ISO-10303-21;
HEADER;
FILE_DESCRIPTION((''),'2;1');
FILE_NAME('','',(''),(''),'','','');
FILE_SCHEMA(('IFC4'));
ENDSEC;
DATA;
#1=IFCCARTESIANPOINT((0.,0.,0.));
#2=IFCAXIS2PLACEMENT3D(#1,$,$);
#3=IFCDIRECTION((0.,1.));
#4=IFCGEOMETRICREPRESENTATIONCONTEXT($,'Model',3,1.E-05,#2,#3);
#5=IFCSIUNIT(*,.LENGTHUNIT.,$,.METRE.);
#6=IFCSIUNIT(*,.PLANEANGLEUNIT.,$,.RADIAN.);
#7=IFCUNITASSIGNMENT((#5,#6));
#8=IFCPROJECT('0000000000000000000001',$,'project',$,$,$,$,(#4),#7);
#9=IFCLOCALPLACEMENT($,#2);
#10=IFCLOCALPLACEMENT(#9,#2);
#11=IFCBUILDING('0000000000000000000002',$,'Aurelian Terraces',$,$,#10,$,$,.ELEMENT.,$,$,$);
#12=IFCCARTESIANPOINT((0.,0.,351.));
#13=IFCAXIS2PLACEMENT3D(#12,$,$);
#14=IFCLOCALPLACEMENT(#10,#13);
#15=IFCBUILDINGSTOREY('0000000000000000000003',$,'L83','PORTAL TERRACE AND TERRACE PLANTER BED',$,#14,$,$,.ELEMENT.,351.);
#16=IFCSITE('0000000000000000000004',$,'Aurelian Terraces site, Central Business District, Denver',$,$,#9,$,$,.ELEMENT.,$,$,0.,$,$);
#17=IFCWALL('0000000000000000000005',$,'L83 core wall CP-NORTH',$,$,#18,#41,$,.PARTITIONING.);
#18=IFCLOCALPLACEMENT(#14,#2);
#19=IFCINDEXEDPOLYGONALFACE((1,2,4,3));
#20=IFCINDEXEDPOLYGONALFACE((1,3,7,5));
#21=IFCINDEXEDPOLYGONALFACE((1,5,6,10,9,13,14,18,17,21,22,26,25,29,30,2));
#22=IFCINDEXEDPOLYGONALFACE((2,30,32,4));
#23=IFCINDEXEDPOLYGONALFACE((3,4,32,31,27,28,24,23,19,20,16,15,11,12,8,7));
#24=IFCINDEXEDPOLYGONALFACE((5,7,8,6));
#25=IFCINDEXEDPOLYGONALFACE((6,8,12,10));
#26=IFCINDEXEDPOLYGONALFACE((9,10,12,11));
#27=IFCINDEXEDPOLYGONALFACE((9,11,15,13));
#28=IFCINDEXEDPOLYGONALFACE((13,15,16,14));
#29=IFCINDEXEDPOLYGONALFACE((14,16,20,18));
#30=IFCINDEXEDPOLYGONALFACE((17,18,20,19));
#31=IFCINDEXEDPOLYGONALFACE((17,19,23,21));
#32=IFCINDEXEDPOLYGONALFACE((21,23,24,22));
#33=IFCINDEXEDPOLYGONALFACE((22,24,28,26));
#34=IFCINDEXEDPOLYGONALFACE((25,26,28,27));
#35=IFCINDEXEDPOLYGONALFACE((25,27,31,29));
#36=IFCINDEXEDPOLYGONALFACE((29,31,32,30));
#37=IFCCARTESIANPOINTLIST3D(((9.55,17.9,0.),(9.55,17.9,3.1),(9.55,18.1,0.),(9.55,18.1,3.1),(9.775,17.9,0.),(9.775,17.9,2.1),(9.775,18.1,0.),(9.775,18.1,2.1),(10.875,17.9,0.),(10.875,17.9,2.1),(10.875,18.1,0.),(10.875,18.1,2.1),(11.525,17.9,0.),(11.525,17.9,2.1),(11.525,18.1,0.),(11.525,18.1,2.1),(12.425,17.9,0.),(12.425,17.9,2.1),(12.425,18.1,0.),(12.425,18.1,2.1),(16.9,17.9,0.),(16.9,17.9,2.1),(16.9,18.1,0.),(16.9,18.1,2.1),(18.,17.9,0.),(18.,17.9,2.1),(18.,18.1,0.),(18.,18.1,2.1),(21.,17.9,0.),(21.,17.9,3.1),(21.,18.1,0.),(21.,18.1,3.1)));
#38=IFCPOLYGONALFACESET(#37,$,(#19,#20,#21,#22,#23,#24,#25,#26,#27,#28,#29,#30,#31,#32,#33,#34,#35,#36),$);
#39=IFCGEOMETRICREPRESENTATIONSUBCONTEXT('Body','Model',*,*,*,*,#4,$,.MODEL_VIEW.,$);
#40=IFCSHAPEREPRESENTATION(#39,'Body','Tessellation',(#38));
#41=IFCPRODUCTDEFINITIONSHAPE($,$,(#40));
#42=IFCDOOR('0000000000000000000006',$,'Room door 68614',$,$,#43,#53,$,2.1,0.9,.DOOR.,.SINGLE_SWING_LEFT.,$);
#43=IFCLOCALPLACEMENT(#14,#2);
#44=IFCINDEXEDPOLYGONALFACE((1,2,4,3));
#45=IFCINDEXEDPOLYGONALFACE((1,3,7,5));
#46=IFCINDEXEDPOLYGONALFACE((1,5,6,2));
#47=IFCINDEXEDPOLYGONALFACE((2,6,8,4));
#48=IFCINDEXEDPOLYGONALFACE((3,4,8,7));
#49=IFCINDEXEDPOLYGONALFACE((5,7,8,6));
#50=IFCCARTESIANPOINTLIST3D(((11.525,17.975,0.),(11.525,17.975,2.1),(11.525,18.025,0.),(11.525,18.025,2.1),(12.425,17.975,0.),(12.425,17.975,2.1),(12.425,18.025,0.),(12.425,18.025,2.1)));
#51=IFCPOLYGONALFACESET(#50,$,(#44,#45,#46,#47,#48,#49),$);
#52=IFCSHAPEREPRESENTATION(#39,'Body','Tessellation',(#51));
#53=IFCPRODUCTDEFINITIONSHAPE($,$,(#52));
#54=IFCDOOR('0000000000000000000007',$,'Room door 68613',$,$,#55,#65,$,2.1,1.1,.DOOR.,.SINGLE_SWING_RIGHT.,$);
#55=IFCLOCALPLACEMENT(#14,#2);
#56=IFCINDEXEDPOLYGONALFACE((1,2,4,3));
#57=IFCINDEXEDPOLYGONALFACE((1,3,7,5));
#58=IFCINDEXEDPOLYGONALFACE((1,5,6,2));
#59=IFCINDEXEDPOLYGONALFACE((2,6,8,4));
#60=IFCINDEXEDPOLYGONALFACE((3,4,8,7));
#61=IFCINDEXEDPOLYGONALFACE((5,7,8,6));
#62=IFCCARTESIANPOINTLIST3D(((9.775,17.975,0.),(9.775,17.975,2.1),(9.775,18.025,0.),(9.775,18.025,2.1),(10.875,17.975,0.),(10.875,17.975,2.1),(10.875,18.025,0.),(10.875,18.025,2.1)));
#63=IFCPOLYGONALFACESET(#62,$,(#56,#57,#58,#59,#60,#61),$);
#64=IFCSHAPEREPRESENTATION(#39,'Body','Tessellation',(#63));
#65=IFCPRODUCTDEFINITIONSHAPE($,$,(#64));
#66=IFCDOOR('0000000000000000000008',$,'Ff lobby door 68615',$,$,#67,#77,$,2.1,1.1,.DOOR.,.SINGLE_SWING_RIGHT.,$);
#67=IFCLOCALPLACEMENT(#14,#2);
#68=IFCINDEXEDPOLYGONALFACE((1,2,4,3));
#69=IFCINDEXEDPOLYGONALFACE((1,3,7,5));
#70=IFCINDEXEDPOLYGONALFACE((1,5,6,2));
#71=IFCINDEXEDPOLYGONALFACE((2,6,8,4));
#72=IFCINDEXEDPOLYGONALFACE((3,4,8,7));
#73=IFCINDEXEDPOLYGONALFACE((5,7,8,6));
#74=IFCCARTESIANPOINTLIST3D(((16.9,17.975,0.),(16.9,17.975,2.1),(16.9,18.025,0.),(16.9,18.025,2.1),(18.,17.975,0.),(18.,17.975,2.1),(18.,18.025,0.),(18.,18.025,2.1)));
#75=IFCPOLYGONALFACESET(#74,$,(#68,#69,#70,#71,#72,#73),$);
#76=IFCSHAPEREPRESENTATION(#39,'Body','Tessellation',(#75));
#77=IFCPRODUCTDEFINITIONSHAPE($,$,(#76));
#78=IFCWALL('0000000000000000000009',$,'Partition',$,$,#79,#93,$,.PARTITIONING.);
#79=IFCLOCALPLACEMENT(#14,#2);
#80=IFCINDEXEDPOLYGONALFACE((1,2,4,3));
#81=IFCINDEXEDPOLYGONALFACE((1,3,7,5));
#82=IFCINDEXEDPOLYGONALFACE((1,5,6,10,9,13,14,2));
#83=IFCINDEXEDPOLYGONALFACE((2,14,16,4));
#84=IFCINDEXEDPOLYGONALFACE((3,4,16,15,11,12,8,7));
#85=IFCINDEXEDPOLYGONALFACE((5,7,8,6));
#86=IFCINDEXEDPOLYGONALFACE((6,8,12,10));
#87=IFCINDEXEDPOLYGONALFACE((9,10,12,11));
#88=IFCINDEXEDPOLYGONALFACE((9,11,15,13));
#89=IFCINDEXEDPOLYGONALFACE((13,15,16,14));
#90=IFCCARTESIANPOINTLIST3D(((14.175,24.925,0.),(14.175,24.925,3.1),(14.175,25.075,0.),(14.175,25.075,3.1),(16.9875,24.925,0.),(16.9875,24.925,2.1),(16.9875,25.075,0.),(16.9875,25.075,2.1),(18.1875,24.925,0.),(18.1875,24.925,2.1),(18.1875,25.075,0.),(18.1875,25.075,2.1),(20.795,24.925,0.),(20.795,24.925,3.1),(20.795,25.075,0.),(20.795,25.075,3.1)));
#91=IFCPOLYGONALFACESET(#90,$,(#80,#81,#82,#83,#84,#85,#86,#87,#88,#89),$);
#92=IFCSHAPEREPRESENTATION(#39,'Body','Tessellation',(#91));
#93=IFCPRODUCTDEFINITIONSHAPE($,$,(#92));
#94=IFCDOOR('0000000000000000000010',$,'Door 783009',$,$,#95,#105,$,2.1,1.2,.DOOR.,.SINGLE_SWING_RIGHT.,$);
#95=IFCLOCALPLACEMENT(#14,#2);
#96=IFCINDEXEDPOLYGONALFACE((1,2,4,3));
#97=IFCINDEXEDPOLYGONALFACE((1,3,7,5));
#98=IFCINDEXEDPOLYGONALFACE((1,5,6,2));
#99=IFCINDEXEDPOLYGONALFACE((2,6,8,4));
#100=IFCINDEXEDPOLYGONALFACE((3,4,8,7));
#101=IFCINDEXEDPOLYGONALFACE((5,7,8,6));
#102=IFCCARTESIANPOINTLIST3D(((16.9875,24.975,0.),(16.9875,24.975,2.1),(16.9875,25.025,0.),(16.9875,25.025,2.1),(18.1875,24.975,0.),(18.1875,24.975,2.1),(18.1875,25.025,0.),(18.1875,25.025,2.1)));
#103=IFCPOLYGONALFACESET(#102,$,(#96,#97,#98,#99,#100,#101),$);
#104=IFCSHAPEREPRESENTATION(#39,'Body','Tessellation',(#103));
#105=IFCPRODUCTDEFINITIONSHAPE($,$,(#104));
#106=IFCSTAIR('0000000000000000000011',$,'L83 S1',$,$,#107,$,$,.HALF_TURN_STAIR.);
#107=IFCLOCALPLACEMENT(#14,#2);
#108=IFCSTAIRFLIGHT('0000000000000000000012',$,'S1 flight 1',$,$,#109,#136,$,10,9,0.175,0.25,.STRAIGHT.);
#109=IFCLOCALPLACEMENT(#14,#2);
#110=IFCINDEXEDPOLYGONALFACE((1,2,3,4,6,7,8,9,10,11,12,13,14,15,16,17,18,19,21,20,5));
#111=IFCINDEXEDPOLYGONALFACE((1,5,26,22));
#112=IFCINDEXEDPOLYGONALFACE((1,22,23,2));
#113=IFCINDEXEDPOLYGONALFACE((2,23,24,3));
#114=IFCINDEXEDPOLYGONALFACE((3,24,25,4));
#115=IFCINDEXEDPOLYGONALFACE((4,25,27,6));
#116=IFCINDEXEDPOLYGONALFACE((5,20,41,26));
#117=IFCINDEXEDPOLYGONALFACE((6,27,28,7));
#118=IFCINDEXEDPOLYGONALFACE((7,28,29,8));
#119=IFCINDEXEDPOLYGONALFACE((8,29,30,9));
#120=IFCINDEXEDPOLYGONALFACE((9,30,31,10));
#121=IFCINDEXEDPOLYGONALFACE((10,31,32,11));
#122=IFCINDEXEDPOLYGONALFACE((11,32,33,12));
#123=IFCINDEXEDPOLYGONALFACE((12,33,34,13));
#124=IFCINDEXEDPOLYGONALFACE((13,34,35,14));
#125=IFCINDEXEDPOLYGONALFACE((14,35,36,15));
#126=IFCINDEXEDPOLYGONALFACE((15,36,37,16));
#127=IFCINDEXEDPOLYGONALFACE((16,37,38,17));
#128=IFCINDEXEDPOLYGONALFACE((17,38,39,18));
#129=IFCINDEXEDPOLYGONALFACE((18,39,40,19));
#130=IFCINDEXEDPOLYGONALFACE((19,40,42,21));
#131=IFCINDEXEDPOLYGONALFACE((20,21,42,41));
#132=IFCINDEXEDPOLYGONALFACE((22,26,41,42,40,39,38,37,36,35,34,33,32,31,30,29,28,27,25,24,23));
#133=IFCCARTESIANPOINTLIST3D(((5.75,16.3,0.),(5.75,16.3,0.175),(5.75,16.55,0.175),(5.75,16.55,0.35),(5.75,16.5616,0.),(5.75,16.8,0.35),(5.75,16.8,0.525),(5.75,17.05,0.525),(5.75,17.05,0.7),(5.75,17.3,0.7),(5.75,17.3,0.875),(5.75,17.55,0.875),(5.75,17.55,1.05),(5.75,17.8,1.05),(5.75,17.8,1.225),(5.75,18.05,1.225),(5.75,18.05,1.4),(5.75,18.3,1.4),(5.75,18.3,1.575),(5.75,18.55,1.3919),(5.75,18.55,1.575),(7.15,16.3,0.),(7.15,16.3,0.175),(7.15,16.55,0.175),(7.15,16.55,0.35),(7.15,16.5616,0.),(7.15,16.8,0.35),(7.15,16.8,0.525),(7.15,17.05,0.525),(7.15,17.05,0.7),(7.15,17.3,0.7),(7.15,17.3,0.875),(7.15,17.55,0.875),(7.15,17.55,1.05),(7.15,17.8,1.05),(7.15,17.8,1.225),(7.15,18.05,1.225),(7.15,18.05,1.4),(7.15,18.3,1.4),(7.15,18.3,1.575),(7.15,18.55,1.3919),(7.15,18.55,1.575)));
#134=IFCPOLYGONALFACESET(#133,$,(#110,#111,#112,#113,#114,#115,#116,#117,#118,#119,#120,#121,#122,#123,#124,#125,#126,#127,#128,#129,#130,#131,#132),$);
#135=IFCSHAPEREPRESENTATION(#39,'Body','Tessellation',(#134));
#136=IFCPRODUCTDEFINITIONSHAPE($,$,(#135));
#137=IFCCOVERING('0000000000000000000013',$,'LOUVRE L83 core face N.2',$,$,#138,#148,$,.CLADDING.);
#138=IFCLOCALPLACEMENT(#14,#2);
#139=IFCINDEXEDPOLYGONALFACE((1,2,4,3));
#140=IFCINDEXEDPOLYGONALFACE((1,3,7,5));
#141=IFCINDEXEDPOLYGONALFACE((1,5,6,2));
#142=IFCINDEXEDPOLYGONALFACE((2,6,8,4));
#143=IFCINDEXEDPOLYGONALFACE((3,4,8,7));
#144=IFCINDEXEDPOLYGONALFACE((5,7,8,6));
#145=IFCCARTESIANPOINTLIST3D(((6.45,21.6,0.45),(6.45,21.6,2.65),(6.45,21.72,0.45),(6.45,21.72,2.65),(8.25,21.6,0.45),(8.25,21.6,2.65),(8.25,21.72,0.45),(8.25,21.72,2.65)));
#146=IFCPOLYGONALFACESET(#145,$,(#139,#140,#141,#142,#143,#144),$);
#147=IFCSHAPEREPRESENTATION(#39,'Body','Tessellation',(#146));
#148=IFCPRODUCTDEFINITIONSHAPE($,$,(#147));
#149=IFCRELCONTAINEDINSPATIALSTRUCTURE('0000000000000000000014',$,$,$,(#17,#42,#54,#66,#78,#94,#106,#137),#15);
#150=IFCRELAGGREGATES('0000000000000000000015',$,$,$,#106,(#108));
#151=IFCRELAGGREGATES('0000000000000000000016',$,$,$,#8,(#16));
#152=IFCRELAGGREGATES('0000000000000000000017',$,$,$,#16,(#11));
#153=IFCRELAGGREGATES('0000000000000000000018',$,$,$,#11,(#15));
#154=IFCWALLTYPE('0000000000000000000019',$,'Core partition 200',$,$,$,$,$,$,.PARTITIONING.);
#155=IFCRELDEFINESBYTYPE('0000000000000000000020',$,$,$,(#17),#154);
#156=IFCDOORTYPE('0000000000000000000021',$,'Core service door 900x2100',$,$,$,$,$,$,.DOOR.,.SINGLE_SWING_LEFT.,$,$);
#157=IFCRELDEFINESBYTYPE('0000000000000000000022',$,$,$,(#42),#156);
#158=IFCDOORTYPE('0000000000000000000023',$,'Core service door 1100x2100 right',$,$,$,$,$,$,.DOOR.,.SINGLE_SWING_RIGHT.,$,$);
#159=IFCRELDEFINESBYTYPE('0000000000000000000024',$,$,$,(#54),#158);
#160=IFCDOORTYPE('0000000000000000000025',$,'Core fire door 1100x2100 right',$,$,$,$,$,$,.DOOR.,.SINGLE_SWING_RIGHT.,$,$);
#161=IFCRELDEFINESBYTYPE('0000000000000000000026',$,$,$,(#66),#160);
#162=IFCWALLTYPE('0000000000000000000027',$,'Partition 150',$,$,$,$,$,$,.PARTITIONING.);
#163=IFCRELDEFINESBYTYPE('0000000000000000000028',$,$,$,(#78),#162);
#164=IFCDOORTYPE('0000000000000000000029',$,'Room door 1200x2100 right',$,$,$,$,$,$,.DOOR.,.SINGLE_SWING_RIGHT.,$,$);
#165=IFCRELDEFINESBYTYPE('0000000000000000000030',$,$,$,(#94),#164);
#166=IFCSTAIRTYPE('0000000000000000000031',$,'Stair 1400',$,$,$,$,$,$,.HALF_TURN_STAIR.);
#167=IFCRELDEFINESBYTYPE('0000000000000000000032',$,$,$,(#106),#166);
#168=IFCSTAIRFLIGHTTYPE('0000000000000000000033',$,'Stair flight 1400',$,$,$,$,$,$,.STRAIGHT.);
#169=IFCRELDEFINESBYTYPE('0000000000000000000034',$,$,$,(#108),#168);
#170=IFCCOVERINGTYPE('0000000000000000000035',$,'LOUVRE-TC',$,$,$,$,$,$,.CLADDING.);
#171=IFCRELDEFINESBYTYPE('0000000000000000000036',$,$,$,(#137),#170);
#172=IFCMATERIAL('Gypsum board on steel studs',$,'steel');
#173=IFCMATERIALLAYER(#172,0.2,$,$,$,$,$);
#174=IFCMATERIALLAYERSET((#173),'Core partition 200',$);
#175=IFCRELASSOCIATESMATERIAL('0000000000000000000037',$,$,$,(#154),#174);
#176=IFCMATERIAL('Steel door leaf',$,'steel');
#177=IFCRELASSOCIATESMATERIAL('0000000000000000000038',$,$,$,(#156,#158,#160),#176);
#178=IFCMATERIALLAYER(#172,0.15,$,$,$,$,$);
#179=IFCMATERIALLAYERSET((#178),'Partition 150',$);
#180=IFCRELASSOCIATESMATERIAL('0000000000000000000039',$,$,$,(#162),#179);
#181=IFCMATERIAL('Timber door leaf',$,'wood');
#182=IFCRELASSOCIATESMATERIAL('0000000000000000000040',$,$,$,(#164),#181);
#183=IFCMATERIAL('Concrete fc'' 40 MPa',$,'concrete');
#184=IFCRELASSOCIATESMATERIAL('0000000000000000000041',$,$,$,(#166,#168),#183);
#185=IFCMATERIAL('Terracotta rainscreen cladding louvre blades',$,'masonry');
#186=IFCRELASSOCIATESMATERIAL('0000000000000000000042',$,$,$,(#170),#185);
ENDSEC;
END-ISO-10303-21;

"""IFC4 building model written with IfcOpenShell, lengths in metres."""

from ifc_helpers import new_model, si_unit, direction, frame, frame_2d, origin, origin_2d, place, context, subcontext, project, spatial, polyline, rectangle, outline, extrude, source, transform, mapped, material, layer, layer_set, type_object, element, fill, aggregate, save


model = new_model("IFC4")

# Units and contexts
model_context = context("Model", 3, precision=1e-05, world=origin(), true_north=direction((0.0, 1.0)))
body_context = subcontext(model_context, "Body", "Model", "MODEL_VIEW")
ifc_project = project(units=[si_unit("LENGTHUNIT", "METRE"), si_unit("PLANEANGLEUNIT", "RADIAN")], contexts=[model_context])

# Site, building, storey
site_placement = place(None, origin())
site = spatial("IfcSite", under=ifc_project, at=site_placement, Name="Aurelian Terraces site, Central Business District, Denver", CompositionType="ELEMENT", RefElevation=0.0)
building_placement = place(site_placement, origin())
building = spatial("IfcBuilding", under=site, at=building_placement, Name="Aurelian Terraces", CompositionType="ELEMENT")
storey_placement = place(building_placement, frame((0.0, 0.0, 351.0)))
storey = spatial("IfcBuildingStorey", under=building, at=storey_placement, Name="L83", Description="PORTAL TERRACE AND TERRACE PLANTER BED", CompositionType="ELEMENT", Elevation=351.0)

# Shared definitions
ifc_material_1 = material(Name="Steel door leaf", Category="steel")
shared_shape_1 = source(origin(), body_context, "Body", "SweptSolid", [
    extrude(rectangle(XDim=1.2, YDim=2.1, at=frame_2d((0.6, 1.05))), frame((0.0, 0.025, 0.0), z_axis=(0.0, -1.0, 0.0), x_axis=(1.0, 0.0, 0.0)), (0.0, 0.0, 1.0), 0.05),
])

# Wall, openings, doors
ifc_material_2 = material(Name="Gypsum board on steel studs", Category="steel")
ifc_layer_1 = layer(ifc_material_2, 0.2)
ifc_layer_set_1 = layer_set([ifc_layer_1], Name="Core partition 200")
wall_type_1 = type_object("IfcWallType", Name="Core partition 200", PredefinedType="PARTITIONING", material=ifc_layer_set_1)
shared_shape_2 = source(origin(), body_context, "Body", "SweptSolid", [
    extrude(rectangle(XDim=11.45, YDim=0.2, at=frame_2d((5.725, 0.0))), origin(), (0.0, 0.0, 1.0), 3.1),
])
wall_1_placement = place(storey_placement, frame((9.55, 18.0, 0.0), z_axis=(0.0, 0.0, 1.0), x_axis=(1.0, 0.0, 0.0)))
wall_1 = element("IfcWall", 1, at=wall_1_placement, inside=storey, type_object=wall_type_1, Name="L83 core wall CP-NORTH", PredefinedType="PARTITIONING", context=body_context, shape_type="MappedRepresentation", body=[
    mapped(shared_shape_2, transform((0.0, 0.0, 0.0), scale=1.0)),
])
shared_shape_3 = source(origin(), body_context, "Body", "SweptSolid", [
    extrude(rectangle(XDim=1.1, YDim=2.1, at=frame_2d((0.55, 1.05))), frame((0.0, 0.11, 0.0), z_axis=(0.0, -1.0, 0.0), x_axis=(1.0, 0.0, 0.0)), (0.0, 0.0, 1.0), 0.22),
])
opening_1_placement = place(wall_1_placement, frame((0.225, 0.0, 0.0)))
opening_1 = element("IfcOpeningElement", 2, at=opening_1_placement, cuts=wall_1, PredefinedType="OPENING", context=body_context, shape_type="MappedRepresentation", body=[
    mapped(shared_shape_3, transform((0.0, 0.0, 0.0), scale=1.0)),
])
shared_shape_4 = source(origin(), body_context, "Body", "SweptSolid", [
    extrude(rectangle(XDim=0.9, YDim=2.1, at=frame_2d((0.45, 1.05))), frame((0.0, 0.11, 0.0), z_axis=(0.0, -1.0, 0.0), x_axis=(1.0, 0.0, 0.0)), (0.0, 0.0, 1.0), 0.22),
])
opening_2_placement = place(wall_1_placement, frame((1.975, 0.0, 0.0)))
opening_2 = element("IfcOpeningElement", 3, at=opening_2_placement, cuts=wall_1, PredefinedType="OPENING", context=body_context, shape_type="MappedRepresentation", body=[
    mapped(shared_shape_4, transform((0.0, 0.0, 0.0), scale=1.0)),
])
opening_3_placement = place(wall_1_placement, frame((7.35, 0.0, 0.0)))
opening_3 = element("IfcOpeningElement", 4, at=opening_3_placement, cuts=wall_1, PredefinedType="OPENING", context=body_context, shape_type="MappedRepresentation", body=[
    mapped(shared_shape_3, transform((0.0, 0.0, 0.0), scale=1.0)),
])
door_type_1 = type_object("IfcDoorType", Name="Core service door 900x2100", OperationType="SINGLE_SWING_LEFT", PredefinedType="DOOR", material=ifc_material_1)
shared_shape_5 = source(origin(), body_context, "Body", "SweptSolid", [
    extrude(rectangle(XDim=0.9, YDim=2.1, at=frame_2d((0.45, 1.05))), frame((0.0, 0.025, 0.0), z_axis=(0.0, -1.0, 0.0), x_axis=(1.0, 0.0, 0.0)), (0.0, 0.0, 1.0), 0.05),
])
door_1_placement = place(opening_2_placement, origin())
door_1 = element("IfcDoor", 5, at=door_1_placement, inside=storey, type_object=door_type_1, Name="Room door 68614", OperationType="SINGLE_SWING_LEFT", OverallHeight=2.1, OverallWidth=0.9, PredefinedType="DOOR", context=body_context, shape_type="MappedRepresentation", body=[
    mapped(shared_shape_5, transform((0.0, 0.0, 0.0), scale=1.0)),
])
fill(opening_2, door_1)
door_type_2 = type_object("IfcDoorType", Name="Core service door 1100x2100 right", OperationType="SINGLE_SWING_RIGHT", PredefinedType="DOOR", material=ifc_material_1)
shared_shape_6 = source(origin(), body_context, "Body", "SweptSolid", [
    extrude(rectangle(XDim=1.1, YDim=2.1, at=frame_2d((0.55, 1.05))), frame((0.0, 0.025, 0.0), z_axis=(0.0, -1.0, 0.0), x_axis=(1.0, 0.0, 0.0)), (0.0, 0.0, 1.0), 0.05),
])
door_2_placement = place(opening_1_placement, origin())
door_2 = element("IfcDoor", 6, at=door_2_placement, inside=storey, type_object=door_type_2, Name="Room door 68613", OperationType="SINGLE_SWING_RIGHT", OverallHeight=2.1, OverallWidth=1.1, PredefinedType="DOOR", context=body_context, shape_type="MappedRepresentation", body=[
    mapped(shared_shape_6, transform((0.0, 0.0, 0.0), scale=1.0)),
])
fill(opening_1, door_2)
door_type_3 = type_object("IfcDoorType", Name="Core fire door 1100x2100 right", OperationType="SINGLE_SWING_RIGHT", PredefinedType="DOOR", material=ifc_material_1)
door_3_placement = place(opening_3_placement, origin())
door_3 = element("IfcDoor", 7, at=door_3_placement, inside=storey, type_object=door_type_3, Name="Ff lobby door 68615", OperationType="SINGLE_SWING_RIGHT", OverallHeight=2.1, OverallWidth=1.1, PredefinedType="DOOR", context=body_context, shape_type="MappedRepresentation", body=[
    mapped(shared_shape_6, transform((0.0, 0.0, 0.0), scale=1.0)),
])
fill(opening_3, door_3)

# Wall, opening, door
ifc_layer_2 = layer(ifc_material_2, 0.15)
ifc_layer_set_2 = layer_set([ifc_layer_2], Name="Partition 150")
wall_type_2 = type_object("IfcWallType", Name="Partition 150", PredefinedType="PARTITIONING", material=ifc_layer_set_2)
shared_shape_7 = source(origin(), body_context, "Body", "SweptSolid", [
    extrude(rectangle(XDim=6.62, YDim=0.15, at=frame_2d((3.31, 0.0))), origin(), (0.0, 0.0, 1.0), 3.1),
])
wall_2_placement = place(storey_placement, frame((14.175, 25.0, 0.0), z_axis=(0.0, 0.0, 1.0), x_axis=(1.0, 0.0, 0.0)))
wall_2 = element("IfcWall", 8, at=wall_2_placement, inside=storey, type_object=wall_type_2, Name="Partition", PredefinedType="PARTITIONING", context=body_context, shape_type="MappedRepresentation", body=[
    mapped(shared_shape_7, transform((0.0, 0.0, 0.0), scale=1.0)),
])
shared_shape_8 = source(origin(), body_context, "Body", "SweptSolid", [
    extrude(rectangle(XDim=1.2, YDim=2.1, at=frame_2d((0.6, 1.05))), frame((0.0, 0.085, 0.0), z_axis=(0.0, -1.0, 0.0), x_axis=(1.0, 0.0, 0.0)), (0.0, 0.0, 1.0), 0.17),
])
opening_4_placement = place(wall_2_placement, frame((2.8125, 0.0, 0.0)))
opening_4 = element("IfcOpeningElement", 9, at=opening_4_placement, cuts=wall_2, PredefinedType="OPENING", context=body_context, shape_type="MappedRepresentation", body=[
    mapped(shared_shape_8, transform((0.0, 0.0, 0.0), scale=1.0)),
])
ifc_material_3 = material(Name="Timber door leaf", Category="wood")
door_type_4 = type_object("IfcDoorType", Name="Room door 1200x2100 right", OperationType="SINGLE_SWING_RIGHT", PredefinedType="DOOR", material=ifc_material_3)
door_4_placement = place(opening_4_placement, origin())
door_4 = element("IfcDoor", 10, at=door_4_placement, inside=storey, type_object=door_type_4, Name="Door 783009", OperationType="SINGLE_SWING_RIGHT", OverallHeight=2.1, OverallWidth=1.2, PredefinedType="DOOR", context=body_context, shape_type="MappedRepresentation", body=[
    mapped(shared_shape_1, transform((0.0, 0.0, 0.0), scale=1.0)),
])
fill(opening_4, door_4)

# Stair, stair flight
ifc_material_4 = material(Name="Concrete fc' 40 MPa", Category="concrete")
stair_type = type_object("IfcStairType", Name="Stair 1400", PredefinedType="HALF_TURN_STAIR", material=ifc_material_4)
stair_placement = place(storey_placement, origin())
stair = element("IfcStair", 11, at=stair_placement, inside=storey, type_object=stair_type, Name="L83 S1", PredefinedType="HALF_TURN_STAIR")
stair_flight_type = type_object("IfcStairFlightType", Name="Stair flight 1400", PredefinedType="STRAIGHT", material=ifc_material_4)
shared_shape_9 = source(origin(), body_context, "Body", "SweptSolid", [
    extrude(outline(polyline([(0.0, 0.0), (0.0, 0.175), (0.25, 0.175), (0.25, 0.35), (0.5, 0.35), (0.5, 0.525), (0.75, 0.525), (0.75, 0.7), (1.0, 0.7), (1.0, 0.875), (1.25, 0.875), (1.25, 1.05), (1.5, 1.05), (1.5, 1.225), (1.75, 1.225), (1.75, 1.4), (2.0, 1.4), (2.0, 1.575), (2.25, 1.575), (2.25, 1.75), (2.25, 1.3919), (0.2616, 0.0), (0.0, 0.0)])), frame((0.0, 0.7, 0.0), z_axis=(0.0, -1.0, 0.0), x_axis=(1.0, 0.0, 0.0)), (0.0, 0.0, 1.0), 1.4),
])
stair_flight_placement = place(storey_placement, frame((6.45, 16.3, 0.0), z_axis=(0.0, 0.0, 1.0), x_axis=(0.0, 1.0, 0.0)))
stair_flight = element("IfcStairFlight", 12, at=stair_flight_placement, type_object=stair_flight_type, Name="S1 flight 1", NumberOfRisers=10, NumberOfTreads=9, PredefinedType="STRAIGHT", RiserHeight=0.175, TreadLength=0.25, context=body_context, shape_type="MappedRepresentation", body=[
    mapped(shared_shape_9, transform((0.0, 0.0, 0.0), scale=1.0)),
])
aggregate(stair, [stair_flight])

# Covering
ifc_material_5 = material(Name="Terracotta rainscreen cladding louvre blades", Category="masonry")
covering_type_1 = type_object("IfcCoveringType", Name="LOUVRE-TC", PredefinedType="CLADDING", material=ifc_material_5)
shared_shape_10 = source(origin(), body_context, "Body", "SweptSolid", [
    extrude(rectangle(XDim=1.8, YDim=0.12, at=origin_2d()), origin(), (0.0, 0.0, 1.0), 2.2),
])
covering_1_placement = place(storey_placement, frame((7.35, 21.66, 0.45), z_axis=(0.0, 0.0, 1.0), x_axis=(1.0, 0.0, 0.0)))
element("IfcCovering", 13, at=covering_1_placement, inside=storey, type_object=covering_type_1, Name="LOUVRE L83 core face N.2", PredefinedType="CLADDING", context=body_context, shape_type="MappedRepresentation", body=[
    mapped(shared_shape_10, transform((0.0, 0.0, 0.0), scale=1.0)),
])

save(model, "model.ifc")
